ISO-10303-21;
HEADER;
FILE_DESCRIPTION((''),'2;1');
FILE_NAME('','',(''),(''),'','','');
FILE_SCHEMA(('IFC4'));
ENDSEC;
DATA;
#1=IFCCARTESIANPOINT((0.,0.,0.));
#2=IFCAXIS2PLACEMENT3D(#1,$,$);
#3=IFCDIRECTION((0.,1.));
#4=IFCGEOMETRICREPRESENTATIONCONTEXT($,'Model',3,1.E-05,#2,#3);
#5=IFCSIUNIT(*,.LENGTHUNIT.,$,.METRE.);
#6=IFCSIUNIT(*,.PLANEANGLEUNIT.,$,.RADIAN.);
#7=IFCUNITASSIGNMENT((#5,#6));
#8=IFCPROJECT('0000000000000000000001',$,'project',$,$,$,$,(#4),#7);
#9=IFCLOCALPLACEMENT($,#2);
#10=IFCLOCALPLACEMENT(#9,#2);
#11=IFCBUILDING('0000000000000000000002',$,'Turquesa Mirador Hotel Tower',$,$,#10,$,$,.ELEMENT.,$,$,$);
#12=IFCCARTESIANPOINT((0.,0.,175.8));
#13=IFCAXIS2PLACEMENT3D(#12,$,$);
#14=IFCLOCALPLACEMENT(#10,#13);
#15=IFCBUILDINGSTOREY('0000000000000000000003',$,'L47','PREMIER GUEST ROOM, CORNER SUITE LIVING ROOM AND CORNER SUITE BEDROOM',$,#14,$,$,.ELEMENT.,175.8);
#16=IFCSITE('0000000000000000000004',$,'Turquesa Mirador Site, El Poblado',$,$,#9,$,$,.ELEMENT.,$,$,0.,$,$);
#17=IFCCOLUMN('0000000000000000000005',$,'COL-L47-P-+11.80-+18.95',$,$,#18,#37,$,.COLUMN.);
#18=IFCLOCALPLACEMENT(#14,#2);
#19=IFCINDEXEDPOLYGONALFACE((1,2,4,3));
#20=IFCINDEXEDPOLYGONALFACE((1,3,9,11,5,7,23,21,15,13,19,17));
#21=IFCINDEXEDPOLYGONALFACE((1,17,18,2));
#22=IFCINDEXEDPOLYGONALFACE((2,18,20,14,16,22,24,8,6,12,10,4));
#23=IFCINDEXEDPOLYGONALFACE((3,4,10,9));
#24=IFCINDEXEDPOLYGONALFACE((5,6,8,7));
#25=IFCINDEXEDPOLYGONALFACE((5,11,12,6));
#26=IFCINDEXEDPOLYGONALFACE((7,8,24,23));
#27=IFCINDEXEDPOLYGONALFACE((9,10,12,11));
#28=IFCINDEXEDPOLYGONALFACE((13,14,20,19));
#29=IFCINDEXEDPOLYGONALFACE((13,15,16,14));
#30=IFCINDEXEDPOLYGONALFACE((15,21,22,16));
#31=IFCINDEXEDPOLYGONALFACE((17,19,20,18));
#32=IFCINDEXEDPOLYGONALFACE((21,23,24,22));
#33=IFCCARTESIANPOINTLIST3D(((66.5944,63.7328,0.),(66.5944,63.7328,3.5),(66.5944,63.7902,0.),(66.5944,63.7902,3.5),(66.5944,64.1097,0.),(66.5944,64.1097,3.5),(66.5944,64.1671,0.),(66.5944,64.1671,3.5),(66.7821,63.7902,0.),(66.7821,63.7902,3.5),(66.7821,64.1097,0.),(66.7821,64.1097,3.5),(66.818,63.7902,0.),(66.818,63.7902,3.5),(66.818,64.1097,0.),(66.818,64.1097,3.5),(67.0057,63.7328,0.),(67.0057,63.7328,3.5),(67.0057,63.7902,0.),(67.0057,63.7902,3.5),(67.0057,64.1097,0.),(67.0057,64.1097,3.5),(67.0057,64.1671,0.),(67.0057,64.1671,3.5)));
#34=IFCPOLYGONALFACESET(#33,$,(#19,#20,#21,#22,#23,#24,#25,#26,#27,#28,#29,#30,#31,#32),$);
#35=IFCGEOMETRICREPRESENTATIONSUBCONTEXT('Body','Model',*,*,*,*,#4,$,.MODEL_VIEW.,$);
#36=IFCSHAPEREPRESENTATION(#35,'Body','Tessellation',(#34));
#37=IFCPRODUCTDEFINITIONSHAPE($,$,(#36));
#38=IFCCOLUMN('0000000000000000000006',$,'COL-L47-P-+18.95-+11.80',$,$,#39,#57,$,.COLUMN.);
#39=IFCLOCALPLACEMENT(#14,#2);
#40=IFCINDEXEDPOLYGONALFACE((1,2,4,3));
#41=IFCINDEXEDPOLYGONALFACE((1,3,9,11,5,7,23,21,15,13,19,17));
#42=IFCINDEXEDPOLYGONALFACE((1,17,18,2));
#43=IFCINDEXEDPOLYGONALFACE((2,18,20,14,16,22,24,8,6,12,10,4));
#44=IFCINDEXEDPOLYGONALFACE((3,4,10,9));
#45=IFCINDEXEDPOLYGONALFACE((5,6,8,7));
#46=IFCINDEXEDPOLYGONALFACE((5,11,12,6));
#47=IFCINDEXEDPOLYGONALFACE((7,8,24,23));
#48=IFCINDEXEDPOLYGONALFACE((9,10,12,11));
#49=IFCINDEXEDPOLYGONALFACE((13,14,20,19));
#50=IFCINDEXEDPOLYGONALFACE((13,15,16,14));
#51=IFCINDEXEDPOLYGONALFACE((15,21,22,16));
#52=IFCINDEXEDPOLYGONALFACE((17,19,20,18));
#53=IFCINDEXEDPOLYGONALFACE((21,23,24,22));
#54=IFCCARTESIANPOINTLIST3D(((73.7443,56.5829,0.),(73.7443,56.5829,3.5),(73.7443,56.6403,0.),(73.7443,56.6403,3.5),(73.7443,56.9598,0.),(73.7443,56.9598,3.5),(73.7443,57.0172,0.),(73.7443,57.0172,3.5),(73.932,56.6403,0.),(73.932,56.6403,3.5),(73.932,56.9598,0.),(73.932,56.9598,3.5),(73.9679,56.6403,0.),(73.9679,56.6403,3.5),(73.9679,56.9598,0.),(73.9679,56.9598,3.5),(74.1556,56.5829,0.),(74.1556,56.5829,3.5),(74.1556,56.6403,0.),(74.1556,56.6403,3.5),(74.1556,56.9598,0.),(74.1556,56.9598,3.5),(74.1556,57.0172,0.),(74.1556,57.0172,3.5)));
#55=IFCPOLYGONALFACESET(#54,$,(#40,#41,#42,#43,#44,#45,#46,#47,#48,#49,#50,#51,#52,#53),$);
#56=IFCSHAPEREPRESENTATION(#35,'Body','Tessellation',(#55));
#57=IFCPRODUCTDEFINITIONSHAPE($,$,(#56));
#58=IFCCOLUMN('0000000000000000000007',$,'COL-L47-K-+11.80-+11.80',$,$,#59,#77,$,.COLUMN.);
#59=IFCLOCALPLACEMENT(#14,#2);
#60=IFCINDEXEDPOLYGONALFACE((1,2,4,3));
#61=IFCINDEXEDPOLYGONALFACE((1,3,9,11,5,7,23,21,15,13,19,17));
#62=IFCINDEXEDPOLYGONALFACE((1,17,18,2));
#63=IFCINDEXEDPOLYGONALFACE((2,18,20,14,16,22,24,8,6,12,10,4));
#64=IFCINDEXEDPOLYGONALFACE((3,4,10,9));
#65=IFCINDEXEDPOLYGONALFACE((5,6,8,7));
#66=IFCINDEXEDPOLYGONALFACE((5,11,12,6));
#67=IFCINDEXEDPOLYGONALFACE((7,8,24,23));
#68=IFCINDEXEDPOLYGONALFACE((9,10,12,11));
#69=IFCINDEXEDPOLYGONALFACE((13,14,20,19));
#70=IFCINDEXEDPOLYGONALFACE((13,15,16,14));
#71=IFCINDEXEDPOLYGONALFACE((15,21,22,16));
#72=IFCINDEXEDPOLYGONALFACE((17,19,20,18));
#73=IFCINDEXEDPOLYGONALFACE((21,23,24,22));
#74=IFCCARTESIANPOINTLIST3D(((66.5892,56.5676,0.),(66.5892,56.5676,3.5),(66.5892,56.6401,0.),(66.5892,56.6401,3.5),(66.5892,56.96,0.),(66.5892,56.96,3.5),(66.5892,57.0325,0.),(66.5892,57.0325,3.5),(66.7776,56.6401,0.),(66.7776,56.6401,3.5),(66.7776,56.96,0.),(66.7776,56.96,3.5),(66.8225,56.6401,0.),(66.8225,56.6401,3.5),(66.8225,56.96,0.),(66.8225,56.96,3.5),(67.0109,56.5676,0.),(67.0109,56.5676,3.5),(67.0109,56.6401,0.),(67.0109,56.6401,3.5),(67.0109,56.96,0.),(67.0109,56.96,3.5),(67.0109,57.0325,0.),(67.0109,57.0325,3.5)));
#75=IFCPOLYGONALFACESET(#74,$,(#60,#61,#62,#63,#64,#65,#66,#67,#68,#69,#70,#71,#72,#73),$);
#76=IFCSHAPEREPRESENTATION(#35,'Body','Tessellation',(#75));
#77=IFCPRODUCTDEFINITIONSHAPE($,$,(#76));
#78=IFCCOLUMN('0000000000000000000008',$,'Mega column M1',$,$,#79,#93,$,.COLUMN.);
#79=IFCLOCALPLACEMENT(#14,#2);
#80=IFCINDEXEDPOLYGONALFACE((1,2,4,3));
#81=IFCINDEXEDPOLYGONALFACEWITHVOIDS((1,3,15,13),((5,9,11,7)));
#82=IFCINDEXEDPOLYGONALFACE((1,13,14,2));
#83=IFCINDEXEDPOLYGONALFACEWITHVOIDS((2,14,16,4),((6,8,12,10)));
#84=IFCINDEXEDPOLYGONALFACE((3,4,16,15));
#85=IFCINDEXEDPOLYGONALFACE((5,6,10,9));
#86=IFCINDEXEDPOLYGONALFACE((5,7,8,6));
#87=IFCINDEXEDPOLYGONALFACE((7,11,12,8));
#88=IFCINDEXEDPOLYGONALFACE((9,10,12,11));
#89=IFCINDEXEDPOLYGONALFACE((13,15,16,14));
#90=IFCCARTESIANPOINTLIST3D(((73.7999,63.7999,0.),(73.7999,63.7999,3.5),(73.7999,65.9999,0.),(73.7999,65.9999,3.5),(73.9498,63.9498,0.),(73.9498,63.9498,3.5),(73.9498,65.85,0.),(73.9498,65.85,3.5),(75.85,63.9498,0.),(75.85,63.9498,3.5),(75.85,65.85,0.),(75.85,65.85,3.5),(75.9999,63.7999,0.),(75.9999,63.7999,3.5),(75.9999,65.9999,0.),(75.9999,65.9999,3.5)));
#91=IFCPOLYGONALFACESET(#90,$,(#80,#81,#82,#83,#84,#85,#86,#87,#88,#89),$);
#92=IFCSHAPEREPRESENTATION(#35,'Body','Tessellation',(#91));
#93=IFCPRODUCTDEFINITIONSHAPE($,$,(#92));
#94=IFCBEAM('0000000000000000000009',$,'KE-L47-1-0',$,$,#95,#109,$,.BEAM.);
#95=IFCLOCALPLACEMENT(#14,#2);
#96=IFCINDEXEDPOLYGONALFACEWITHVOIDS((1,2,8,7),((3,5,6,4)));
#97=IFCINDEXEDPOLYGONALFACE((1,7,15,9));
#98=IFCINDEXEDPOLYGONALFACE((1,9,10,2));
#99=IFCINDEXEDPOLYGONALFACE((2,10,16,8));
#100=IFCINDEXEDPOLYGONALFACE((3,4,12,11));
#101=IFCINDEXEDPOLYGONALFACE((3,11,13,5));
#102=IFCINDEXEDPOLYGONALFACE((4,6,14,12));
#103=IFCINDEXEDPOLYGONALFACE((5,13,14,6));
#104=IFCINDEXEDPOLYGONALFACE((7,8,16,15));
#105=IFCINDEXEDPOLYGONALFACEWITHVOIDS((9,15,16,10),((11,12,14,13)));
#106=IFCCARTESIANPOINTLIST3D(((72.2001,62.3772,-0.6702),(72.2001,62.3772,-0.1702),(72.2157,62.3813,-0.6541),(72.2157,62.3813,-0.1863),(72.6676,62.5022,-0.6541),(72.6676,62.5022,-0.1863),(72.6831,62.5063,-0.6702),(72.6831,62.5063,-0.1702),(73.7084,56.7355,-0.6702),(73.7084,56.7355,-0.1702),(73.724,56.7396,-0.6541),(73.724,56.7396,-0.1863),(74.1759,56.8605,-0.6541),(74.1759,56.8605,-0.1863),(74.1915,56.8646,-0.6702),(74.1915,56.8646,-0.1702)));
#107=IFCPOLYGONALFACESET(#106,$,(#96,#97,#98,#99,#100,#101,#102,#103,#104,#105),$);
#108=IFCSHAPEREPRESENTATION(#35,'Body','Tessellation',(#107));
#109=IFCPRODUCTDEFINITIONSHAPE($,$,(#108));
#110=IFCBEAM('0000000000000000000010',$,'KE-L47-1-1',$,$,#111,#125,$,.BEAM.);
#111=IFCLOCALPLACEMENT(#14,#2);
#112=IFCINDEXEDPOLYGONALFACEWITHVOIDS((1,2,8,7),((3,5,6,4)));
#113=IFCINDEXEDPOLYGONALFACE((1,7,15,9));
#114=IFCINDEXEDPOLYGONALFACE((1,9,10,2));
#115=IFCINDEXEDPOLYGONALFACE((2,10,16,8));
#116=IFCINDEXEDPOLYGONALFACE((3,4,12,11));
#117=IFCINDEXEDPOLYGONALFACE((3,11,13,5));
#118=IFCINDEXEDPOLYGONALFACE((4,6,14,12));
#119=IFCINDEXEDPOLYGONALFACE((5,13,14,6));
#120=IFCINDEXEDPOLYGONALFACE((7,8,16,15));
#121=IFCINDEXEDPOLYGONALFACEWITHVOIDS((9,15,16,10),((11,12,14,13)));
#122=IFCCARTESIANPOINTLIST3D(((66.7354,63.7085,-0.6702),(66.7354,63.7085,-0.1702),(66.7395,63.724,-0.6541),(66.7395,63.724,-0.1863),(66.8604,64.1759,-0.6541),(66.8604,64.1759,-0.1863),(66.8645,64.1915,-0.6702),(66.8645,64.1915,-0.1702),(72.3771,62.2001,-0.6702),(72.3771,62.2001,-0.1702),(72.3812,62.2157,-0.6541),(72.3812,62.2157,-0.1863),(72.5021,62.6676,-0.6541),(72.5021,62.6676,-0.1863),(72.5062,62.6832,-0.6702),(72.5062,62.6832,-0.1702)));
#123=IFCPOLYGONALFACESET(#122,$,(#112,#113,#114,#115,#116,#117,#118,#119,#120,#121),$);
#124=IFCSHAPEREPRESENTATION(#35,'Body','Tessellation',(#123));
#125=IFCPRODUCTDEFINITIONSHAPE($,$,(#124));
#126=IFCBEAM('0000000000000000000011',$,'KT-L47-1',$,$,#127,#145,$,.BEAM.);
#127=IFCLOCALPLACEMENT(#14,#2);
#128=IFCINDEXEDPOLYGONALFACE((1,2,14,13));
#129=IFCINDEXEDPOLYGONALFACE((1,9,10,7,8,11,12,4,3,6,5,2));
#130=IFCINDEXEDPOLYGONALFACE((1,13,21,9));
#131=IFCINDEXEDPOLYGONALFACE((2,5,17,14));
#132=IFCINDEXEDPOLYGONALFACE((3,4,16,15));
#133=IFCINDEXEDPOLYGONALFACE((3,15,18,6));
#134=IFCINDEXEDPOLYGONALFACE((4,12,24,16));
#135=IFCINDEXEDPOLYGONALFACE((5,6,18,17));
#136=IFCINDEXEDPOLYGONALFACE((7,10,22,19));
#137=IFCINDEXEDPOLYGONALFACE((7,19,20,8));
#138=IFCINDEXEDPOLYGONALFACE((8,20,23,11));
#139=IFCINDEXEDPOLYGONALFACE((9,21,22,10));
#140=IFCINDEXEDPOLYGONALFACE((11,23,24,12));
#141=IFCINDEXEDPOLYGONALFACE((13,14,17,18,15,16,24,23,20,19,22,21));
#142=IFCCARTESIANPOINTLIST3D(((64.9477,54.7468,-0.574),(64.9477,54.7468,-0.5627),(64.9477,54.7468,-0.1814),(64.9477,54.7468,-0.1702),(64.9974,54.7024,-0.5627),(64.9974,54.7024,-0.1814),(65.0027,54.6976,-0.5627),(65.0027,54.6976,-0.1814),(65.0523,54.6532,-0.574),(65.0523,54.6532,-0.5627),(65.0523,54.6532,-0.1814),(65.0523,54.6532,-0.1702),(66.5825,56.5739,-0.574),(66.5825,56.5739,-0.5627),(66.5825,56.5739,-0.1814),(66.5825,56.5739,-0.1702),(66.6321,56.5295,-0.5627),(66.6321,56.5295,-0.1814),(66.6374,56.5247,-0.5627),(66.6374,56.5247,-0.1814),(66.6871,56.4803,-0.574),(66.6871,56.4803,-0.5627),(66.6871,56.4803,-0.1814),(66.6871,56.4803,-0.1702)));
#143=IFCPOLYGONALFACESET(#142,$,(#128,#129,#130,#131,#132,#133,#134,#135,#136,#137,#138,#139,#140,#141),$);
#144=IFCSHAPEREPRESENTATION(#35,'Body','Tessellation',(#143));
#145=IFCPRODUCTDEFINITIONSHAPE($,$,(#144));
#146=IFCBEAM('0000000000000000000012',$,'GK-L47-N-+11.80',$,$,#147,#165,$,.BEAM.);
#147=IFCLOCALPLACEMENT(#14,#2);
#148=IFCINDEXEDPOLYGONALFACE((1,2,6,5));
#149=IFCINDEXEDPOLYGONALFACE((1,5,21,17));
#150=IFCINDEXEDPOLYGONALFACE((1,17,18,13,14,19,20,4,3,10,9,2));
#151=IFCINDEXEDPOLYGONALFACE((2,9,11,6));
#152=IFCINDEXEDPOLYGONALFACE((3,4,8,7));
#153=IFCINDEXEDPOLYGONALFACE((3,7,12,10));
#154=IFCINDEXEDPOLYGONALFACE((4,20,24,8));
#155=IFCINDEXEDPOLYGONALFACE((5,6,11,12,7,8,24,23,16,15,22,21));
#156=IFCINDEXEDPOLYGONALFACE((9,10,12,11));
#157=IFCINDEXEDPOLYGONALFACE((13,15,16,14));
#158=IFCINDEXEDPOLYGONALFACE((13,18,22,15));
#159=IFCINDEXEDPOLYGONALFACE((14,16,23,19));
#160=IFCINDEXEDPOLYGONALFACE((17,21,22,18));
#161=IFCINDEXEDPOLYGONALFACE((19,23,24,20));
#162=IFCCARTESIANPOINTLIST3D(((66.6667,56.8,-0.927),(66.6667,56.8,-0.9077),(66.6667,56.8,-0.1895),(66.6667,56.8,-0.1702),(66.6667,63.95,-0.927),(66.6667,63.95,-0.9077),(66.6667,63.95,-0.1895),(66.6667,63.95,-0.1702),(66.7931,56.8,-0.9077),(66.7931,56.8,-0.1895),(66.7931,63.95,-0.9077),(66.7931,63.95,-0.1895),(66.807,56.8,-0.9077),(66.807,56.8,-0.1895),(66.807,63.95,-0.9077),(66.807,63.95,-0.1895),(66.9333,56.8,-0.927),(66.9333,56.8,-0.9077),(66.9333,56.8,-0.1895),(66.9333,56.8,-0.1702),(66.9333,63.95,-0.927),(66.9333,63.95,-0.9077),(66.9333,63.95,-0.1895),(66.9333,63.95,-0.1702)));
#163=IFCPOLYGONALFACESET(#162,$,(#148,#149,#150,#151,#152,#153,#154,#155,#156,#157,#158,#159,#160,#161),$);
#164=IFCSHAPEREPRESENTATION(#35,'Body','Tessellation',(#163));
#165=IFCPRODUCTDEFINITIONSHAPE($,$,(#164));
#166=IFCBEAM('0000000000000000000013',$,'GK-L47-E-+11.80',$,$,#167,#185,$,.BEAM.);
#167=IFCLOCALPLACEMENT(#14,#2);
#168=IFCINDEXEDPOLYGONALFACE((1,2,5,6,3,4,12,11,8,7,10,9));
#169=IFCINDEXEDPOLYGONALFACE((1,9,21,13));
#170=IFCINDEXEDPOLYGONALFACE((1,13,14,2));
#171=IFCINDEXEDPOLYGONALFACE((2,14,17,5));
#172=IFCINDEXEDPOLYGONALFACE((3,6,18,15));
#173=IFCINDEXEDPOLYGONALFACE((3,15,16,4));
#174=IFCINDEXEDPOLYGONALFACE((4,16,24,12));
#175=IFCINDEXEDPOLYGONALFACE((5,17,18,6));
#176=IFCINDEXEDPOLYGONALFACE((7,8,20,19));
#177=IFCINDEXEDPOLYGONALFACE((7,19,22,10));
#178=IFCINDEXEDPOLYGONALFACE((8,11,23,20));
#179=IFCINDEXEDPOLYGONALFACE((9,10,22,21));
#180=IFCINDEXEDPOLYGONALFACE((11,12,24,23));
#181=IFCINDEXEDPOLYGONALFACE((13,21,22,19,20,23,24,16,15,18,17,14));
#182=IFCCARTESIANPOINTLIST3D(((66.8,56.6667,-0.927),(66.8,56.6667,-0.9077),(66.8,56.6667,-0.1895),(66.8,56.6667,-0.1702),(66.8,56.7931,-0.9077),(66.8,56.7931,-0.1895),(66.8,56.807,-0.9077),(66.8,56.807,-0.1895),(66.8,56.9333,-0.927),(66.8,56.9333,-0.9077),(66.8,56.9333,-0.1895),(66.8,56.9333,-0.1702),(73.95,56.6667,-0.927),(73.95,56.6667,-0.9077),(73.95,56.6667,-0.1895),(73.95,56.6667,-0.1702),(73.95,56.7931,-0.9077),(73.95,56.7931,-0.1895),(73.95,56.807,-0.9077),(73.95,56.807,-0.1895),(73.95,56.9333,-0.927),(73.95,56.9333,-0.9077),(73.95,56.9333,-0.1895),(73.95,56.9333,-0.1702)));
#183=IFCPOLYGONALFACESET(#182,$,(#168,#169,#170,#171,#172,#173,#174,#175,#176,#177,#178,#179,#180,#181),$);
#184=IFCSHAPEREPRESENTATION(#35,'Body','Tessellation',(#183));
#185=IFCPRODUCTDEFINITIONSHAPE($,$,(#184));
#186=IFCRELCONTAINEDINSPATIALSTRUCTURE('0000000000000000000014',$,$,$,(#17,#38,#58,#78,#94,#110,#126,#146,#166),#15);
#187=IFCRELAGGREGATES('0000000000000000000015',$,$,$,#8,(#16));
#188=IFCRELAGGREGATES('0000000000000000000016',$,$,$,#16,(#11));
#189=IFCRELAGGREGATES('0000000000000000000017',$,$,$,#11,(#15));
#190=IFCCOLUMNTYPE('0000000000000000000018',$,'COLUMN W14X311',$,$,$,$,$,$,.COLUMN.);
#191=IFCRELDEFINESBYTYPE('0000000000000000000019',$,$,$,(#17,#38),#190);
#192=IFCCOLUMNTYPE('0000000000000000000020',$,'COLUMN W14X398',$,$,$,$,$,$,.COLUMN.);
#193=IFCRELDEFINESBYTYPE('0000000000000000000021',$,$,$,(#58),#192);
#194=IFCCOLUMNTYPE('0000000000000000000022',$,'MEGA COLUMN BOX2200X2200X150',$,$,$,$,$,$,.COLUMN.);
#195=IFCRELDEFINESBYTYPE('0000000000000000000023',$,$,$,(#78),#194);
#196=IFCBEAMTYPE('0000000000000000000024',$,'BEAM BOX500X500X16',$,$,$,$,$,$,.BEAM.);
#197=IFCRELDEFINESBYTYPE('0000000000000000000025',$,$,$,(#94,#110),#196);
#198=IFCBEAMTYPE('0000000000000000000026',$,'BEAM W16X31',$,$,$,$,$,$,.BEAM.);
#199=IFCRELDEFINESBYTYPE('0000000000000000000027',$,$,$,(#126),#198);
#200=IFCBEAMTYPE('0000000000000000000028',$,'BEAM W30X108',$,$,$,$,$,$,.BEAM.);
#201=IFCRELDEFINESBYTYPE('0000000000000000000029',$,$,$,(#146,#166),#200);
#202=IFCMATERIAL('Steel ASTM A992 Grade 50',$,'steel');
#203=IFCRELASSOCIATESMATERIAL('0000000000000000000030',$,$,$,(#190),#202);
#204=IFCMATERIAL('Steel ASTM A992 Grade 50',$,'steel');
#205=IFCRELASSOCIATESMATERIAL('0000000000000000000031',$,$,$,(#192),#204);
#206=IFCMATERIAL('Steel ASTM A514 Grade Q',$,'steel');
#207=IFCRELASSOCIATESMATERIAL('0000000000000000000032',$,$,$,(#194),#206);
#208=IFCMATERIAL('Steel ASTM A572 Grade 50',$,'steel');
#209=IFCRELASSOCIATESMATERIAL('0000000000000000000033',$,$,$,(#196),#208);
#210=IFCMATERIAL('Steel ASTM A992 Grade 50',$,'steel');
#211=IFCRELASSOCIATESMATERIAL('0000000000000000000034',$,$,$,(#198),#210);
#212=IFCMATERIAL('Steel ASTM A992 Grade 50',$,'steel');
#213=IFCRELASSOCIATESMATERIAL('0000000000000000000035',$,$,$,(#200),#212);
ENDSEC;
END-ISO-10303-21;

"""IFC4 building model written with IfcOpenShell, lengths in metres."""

from ifc_helpers import new_model, si_unit, direction, frame, origin, origin_2d, place, context, subcontext, project, spatial, hollow_rectangle, i_section, extrude, material, material_profile, profile_set, type_object, element, save


model = new_model("IFC4")

# Units and contexts
model_context = context("Model", 3, precision=1e-05, world=origin(), true_north=direction((0.0, 1.0)))
body_context = subcontext(model_context, "Body", "Model", "MODEL_VIEW")
ifc_project = project(units=[si_unit("LENGTHUNIT", "METRE"), si_unit("PLANEANGLEUNIT", "RADIAN")], contexts=[model_context])

# Site, building, storey
site_placement = place(None, origin())
site = spatial("IfcSite", under=ifc_project, at=site_placement, Name="Turquesa Mirador Site, El Poblado", CompositionType="ELEMENT", RefElevation=0.0)
building_placement = place(site_placement, origin())
building = spatial("IfcBuilding", under=site, at=building_placement, Name="Turquesa Mirador Hotel Tower", CompositionType="ELEMENT")
storey_placement = place(building_placement, frame((0.0, 0.0, 175.8)))
storey = spatial("IfcBuildingStorey", under=building, at=storey_placement, Name="L47", Description="PREMIER GUEST ROOM, CORNER SUITE LIVING ROOM AND CORNER SUITE BEDROOM", CompositionType="ELEMENT", Elevation=175.8)

# Columns
ifc_material_1 = material(Name="Steel ASTM A992 Grade 50", Category="steel")
ifc_material_profile_1 = material_profile(ifc_material_1, i_section(OverallWidth=0.4114, OverallDepth=0.4343, WebThickness=0.0359, FlangeThickness=0.0574, at=origin_2d()), Name="W14X311")
ifc_profile_set_1 = profile_set([ifc_material_profile_1], Name="Steel ASTM A992 Grade 50")
column_type_1 = type_object("IfcColumnType", Name="COLUMN W14X311", PredefinedType="COLUMN", material=ifc_profile_set_1)
for number, where, z_axis, x_axis, name in (
    (1, (66.8, 63.95, 0.0), (0.0, 0.0, 1.0), (1.0, 0.0, 0.0), "COL-L47-P-+11.80-+18.95"),
    (2, (73.95, 56.8, 0.0), (0.0, 0.0, 1.0), (1.0, 0.0, 0.0), "COL-L47-P-+18.95-+11.80"),
):
    element("IfcColumn", number, at=place(storey_placement, frame(where, z_axis=z_axis, x_axis=x_axis)), inside=storey, type_object=column_type_1, Name=name, PredefinedType="COLUMN", context=body_context, shape_type="SweptSolid", body=[
        extrude(i_section(OverallWidth=0.4114, OverallDepth=0.4343, WebThickness=0.0359, FlangeThickness=0.0574, at=origin_2d()), origin(), (0.0, 0.0, 1.0), 3.5),
    ])
ifc_material_2 = material(Name="Steel ASTM A992 Grade 50", Category="steel")
ifc_material_profile_2 = material_profile(ifc_material_2, i_section(OverallWidth=0.4216, OverallDepth=0.4648, WebThickness=0.0449, FlangeThickness=0.0725, at=origin_2d()), Name="W14X398")
ifc_profile_set_2 = profile_set([ifc_material_profile_2], Name="Steel ASTM A992 Grade 50")
column_type_2 = type_object("IfcColumnType", Name="COLUMN W14X398", PredefinedType="COLUMN", material=ifc_profile_set_2)
column_1_placement = place(storey_placement, frame((66.8, 56.8, 0.0), z_axis=(0.0, 0.0, 1.0), x_axis=(1.0, 0.0, 0.0)))
element("IfcColumn", 3, at=column_1_placement, inside=storey, type_object=column_type_2, Name="COL-L47-K-+11.80-+11.80", PredefinedType="COLUMN", context=body_context, shape_type="SweptSolid", body=[
    extrude(i_section(OverallWidth=0.4216, OverallDepth=0.4648, WebThickness=0.0449, FlangeThickness=0.0725, at=origin_2d()), origin(), (0.0, 0.0, 1.0), 3.5),
])
ifc_material_3 = material(Name="Steel ASTM A514 Grade Q", Category="steel")
ifc_material_profile_3 = material_profile(ifc_material_3, hollow_rectangle(XDim=2.2, YDim=2.2, WallThickness=0.1499, at=origin_2d()), Name="BOX2200X2200X150")
ifc_profile_set_3 = profile_set([ifc_material_profile_3], Name="Steel ASTM A514 Grade Q")
column_type_3 = type_object("IfcColumnType", Name="MEGA COLUMN BOX2200X2200X150", PredefinedType="COLUMN", material=ifc_profile_set_3)
column_2_placement = place(storey_placement, frame((74.8999, 64.8999, 0.0), z_axis=(0.0, 0.0, 1.0), x_axis=(1.0, 0.0, 0.0)))
element("IfcColumn", 4, at=column_2_placement, inside=storey, type_object=column_type_3, Name="Mega column M1", PredefinedType="COLUMN", context=body_context, shape_type="SweptSolid", body=[
    extrude(hollow_rectangle(XDim=2.2, YDim=2.2, WallThickness=0.1499, at=origin_2d()), origin(), (0.0, 0.0, 1.0), 3.5),
])

# Beams
ifc_material_4 = material(Name="Steel ASTM A572 Grade 50", Category="steel")
ifc_material_profile_4 = material_profile(ifc_material_4, hollow_rectangle(XDim=0.5, YDim=0.5, WallThickness=0.0161, at=origin_2d()), Name="BOX500X500X16")
ifc_profile_set_4 = profile_set([ifc_material_profile_4], Name="Steel ASTM A572 Grade 50")
beam_type_1 = type_object("IfcBeamType", Name="BEAM BOX500X500X16", PredefinedType="BEAM", material=ifc_profile_set_4)
for number, where, z_axis, x_axis, name in (
    (5, (73.95, 56.8, -0.4202), (-0.258282, 0.96607, 0.0), (-0.96607, -0.258282, 0.0), "KE-L47-1-0"),
    (6, (72.4417, 62.4417, -0.4202), (-0.96607, 0.258282, 0.0), (-0.258282, -0.96607, 0.0), "KE-L47-1-1"),
):
    element("IfcBeam", number, at=place(storey_placement, frame(where, z_axis=z_axis, x_axis=x_axis)), inside=storey, type_object=beam_type_1, Name=name, PredefinedType="BEAM", context=body_context, shape_type="SweptSolid", body=[
        extrude(hollow_rectangle(XDim=0.5, YDim=0.5, WallThickness=0.0161, at=origin_2d()), origin(), (0.0, 0.0, 1.0), 5.8398),
    ])
ifc_material_5 = material(Name="Steel ASTM A992 Grade 50", Category="steel")
ifc_material_profile_5 = material_profile(ifc_material_5, i_section(OverallWidth=0.1404, OverallDepth=0.4038, WebThickness=0.0071, FlangeThickness=0.0112, at=origin_2d()), Name="W16X31")
ifc_profile_set_5 = profile_set([ifc_material_profile_5], Name="Steel ASTM A992 Grade 50")
beam_type_2 = type_object("IfcBeamType", Name="BEAM W16X31", PredefinedType="BEAM", material=ifc_profile_set_5)
beam_1_placement = place(storey_placement, frame((66.6348, 56.5271, -0.3721), z_axis=(-0.666783, -0.745252, 0.0), x_axis=(0.745252, -0.666783, 0.0)))
element("IfcBeam", 7, at=beam_1_placement, inside=storey, type_object=beam_type_2, Name="KT-L47-1", PredefinedType="BEAM", context=body_context, shape_type="SweptSolid", body=[
    extrude(i_section(OverallWidth=0.1404, OverallDepth=0.4038, WebThickness=0.0071, FlangeThickness=0.0112, at=origin_2d()), origin(), (0.0, 0.0, 1.0), 2.4517),
])
ifc_material_6 = material(Name="Steel ASTM A992 Grade 50", Category="steel")
ifc_material_profile_6 = material_profile(ifc_material_6, i_section(OverallWidth=0.2666, OverallDepth=0.7568, WebThickness=0.0139, FlangeThickness=0.0193, at=origin_2d()), Name="W30X108")
ifc_profile_set_6 = profile_set([ifc_material_profile_6], Name="Steel ASTM A992 Grade 50")
beam_type_3 = type_object("IfcBeamType", Name="BEAM W30X108", PredefinedType="BEAM", material=ifc_profile_set_6)
for number, where, z_axis, x_axis, name in (
    (8, (66.8, 63.95, -0.5486), (0.0, -1.0, 0.0), (1.0, 0.0, 0.0), "GK-L47-N-+11.80"),
    (9, (73.95, 56.8, -0.5486), (-1.0, 0.0, 0.0), (0.0, -1.0, 0.0), "GK-L47-E-+11.80"),
):
    element("IfcBeam", number, at=place(storey_placement, frame(where, z_axis=z_axis, x_axis=x_axis)), inside=storey, type_object=beam_type_3, Name=name, PredefinedType="BEAM", context=body_context, shape_type="SweptSolid", body=[
        extrude(i_section(OverallWidth=0.2666, OverallDepth=0.7568, WebThickness=0.0139, FlangeThickness=0.0193, at=origin_2d()), origin(), (0.0, 0.0, 1.0), 7.1499),
    ])

save(model, "model.ifc")
